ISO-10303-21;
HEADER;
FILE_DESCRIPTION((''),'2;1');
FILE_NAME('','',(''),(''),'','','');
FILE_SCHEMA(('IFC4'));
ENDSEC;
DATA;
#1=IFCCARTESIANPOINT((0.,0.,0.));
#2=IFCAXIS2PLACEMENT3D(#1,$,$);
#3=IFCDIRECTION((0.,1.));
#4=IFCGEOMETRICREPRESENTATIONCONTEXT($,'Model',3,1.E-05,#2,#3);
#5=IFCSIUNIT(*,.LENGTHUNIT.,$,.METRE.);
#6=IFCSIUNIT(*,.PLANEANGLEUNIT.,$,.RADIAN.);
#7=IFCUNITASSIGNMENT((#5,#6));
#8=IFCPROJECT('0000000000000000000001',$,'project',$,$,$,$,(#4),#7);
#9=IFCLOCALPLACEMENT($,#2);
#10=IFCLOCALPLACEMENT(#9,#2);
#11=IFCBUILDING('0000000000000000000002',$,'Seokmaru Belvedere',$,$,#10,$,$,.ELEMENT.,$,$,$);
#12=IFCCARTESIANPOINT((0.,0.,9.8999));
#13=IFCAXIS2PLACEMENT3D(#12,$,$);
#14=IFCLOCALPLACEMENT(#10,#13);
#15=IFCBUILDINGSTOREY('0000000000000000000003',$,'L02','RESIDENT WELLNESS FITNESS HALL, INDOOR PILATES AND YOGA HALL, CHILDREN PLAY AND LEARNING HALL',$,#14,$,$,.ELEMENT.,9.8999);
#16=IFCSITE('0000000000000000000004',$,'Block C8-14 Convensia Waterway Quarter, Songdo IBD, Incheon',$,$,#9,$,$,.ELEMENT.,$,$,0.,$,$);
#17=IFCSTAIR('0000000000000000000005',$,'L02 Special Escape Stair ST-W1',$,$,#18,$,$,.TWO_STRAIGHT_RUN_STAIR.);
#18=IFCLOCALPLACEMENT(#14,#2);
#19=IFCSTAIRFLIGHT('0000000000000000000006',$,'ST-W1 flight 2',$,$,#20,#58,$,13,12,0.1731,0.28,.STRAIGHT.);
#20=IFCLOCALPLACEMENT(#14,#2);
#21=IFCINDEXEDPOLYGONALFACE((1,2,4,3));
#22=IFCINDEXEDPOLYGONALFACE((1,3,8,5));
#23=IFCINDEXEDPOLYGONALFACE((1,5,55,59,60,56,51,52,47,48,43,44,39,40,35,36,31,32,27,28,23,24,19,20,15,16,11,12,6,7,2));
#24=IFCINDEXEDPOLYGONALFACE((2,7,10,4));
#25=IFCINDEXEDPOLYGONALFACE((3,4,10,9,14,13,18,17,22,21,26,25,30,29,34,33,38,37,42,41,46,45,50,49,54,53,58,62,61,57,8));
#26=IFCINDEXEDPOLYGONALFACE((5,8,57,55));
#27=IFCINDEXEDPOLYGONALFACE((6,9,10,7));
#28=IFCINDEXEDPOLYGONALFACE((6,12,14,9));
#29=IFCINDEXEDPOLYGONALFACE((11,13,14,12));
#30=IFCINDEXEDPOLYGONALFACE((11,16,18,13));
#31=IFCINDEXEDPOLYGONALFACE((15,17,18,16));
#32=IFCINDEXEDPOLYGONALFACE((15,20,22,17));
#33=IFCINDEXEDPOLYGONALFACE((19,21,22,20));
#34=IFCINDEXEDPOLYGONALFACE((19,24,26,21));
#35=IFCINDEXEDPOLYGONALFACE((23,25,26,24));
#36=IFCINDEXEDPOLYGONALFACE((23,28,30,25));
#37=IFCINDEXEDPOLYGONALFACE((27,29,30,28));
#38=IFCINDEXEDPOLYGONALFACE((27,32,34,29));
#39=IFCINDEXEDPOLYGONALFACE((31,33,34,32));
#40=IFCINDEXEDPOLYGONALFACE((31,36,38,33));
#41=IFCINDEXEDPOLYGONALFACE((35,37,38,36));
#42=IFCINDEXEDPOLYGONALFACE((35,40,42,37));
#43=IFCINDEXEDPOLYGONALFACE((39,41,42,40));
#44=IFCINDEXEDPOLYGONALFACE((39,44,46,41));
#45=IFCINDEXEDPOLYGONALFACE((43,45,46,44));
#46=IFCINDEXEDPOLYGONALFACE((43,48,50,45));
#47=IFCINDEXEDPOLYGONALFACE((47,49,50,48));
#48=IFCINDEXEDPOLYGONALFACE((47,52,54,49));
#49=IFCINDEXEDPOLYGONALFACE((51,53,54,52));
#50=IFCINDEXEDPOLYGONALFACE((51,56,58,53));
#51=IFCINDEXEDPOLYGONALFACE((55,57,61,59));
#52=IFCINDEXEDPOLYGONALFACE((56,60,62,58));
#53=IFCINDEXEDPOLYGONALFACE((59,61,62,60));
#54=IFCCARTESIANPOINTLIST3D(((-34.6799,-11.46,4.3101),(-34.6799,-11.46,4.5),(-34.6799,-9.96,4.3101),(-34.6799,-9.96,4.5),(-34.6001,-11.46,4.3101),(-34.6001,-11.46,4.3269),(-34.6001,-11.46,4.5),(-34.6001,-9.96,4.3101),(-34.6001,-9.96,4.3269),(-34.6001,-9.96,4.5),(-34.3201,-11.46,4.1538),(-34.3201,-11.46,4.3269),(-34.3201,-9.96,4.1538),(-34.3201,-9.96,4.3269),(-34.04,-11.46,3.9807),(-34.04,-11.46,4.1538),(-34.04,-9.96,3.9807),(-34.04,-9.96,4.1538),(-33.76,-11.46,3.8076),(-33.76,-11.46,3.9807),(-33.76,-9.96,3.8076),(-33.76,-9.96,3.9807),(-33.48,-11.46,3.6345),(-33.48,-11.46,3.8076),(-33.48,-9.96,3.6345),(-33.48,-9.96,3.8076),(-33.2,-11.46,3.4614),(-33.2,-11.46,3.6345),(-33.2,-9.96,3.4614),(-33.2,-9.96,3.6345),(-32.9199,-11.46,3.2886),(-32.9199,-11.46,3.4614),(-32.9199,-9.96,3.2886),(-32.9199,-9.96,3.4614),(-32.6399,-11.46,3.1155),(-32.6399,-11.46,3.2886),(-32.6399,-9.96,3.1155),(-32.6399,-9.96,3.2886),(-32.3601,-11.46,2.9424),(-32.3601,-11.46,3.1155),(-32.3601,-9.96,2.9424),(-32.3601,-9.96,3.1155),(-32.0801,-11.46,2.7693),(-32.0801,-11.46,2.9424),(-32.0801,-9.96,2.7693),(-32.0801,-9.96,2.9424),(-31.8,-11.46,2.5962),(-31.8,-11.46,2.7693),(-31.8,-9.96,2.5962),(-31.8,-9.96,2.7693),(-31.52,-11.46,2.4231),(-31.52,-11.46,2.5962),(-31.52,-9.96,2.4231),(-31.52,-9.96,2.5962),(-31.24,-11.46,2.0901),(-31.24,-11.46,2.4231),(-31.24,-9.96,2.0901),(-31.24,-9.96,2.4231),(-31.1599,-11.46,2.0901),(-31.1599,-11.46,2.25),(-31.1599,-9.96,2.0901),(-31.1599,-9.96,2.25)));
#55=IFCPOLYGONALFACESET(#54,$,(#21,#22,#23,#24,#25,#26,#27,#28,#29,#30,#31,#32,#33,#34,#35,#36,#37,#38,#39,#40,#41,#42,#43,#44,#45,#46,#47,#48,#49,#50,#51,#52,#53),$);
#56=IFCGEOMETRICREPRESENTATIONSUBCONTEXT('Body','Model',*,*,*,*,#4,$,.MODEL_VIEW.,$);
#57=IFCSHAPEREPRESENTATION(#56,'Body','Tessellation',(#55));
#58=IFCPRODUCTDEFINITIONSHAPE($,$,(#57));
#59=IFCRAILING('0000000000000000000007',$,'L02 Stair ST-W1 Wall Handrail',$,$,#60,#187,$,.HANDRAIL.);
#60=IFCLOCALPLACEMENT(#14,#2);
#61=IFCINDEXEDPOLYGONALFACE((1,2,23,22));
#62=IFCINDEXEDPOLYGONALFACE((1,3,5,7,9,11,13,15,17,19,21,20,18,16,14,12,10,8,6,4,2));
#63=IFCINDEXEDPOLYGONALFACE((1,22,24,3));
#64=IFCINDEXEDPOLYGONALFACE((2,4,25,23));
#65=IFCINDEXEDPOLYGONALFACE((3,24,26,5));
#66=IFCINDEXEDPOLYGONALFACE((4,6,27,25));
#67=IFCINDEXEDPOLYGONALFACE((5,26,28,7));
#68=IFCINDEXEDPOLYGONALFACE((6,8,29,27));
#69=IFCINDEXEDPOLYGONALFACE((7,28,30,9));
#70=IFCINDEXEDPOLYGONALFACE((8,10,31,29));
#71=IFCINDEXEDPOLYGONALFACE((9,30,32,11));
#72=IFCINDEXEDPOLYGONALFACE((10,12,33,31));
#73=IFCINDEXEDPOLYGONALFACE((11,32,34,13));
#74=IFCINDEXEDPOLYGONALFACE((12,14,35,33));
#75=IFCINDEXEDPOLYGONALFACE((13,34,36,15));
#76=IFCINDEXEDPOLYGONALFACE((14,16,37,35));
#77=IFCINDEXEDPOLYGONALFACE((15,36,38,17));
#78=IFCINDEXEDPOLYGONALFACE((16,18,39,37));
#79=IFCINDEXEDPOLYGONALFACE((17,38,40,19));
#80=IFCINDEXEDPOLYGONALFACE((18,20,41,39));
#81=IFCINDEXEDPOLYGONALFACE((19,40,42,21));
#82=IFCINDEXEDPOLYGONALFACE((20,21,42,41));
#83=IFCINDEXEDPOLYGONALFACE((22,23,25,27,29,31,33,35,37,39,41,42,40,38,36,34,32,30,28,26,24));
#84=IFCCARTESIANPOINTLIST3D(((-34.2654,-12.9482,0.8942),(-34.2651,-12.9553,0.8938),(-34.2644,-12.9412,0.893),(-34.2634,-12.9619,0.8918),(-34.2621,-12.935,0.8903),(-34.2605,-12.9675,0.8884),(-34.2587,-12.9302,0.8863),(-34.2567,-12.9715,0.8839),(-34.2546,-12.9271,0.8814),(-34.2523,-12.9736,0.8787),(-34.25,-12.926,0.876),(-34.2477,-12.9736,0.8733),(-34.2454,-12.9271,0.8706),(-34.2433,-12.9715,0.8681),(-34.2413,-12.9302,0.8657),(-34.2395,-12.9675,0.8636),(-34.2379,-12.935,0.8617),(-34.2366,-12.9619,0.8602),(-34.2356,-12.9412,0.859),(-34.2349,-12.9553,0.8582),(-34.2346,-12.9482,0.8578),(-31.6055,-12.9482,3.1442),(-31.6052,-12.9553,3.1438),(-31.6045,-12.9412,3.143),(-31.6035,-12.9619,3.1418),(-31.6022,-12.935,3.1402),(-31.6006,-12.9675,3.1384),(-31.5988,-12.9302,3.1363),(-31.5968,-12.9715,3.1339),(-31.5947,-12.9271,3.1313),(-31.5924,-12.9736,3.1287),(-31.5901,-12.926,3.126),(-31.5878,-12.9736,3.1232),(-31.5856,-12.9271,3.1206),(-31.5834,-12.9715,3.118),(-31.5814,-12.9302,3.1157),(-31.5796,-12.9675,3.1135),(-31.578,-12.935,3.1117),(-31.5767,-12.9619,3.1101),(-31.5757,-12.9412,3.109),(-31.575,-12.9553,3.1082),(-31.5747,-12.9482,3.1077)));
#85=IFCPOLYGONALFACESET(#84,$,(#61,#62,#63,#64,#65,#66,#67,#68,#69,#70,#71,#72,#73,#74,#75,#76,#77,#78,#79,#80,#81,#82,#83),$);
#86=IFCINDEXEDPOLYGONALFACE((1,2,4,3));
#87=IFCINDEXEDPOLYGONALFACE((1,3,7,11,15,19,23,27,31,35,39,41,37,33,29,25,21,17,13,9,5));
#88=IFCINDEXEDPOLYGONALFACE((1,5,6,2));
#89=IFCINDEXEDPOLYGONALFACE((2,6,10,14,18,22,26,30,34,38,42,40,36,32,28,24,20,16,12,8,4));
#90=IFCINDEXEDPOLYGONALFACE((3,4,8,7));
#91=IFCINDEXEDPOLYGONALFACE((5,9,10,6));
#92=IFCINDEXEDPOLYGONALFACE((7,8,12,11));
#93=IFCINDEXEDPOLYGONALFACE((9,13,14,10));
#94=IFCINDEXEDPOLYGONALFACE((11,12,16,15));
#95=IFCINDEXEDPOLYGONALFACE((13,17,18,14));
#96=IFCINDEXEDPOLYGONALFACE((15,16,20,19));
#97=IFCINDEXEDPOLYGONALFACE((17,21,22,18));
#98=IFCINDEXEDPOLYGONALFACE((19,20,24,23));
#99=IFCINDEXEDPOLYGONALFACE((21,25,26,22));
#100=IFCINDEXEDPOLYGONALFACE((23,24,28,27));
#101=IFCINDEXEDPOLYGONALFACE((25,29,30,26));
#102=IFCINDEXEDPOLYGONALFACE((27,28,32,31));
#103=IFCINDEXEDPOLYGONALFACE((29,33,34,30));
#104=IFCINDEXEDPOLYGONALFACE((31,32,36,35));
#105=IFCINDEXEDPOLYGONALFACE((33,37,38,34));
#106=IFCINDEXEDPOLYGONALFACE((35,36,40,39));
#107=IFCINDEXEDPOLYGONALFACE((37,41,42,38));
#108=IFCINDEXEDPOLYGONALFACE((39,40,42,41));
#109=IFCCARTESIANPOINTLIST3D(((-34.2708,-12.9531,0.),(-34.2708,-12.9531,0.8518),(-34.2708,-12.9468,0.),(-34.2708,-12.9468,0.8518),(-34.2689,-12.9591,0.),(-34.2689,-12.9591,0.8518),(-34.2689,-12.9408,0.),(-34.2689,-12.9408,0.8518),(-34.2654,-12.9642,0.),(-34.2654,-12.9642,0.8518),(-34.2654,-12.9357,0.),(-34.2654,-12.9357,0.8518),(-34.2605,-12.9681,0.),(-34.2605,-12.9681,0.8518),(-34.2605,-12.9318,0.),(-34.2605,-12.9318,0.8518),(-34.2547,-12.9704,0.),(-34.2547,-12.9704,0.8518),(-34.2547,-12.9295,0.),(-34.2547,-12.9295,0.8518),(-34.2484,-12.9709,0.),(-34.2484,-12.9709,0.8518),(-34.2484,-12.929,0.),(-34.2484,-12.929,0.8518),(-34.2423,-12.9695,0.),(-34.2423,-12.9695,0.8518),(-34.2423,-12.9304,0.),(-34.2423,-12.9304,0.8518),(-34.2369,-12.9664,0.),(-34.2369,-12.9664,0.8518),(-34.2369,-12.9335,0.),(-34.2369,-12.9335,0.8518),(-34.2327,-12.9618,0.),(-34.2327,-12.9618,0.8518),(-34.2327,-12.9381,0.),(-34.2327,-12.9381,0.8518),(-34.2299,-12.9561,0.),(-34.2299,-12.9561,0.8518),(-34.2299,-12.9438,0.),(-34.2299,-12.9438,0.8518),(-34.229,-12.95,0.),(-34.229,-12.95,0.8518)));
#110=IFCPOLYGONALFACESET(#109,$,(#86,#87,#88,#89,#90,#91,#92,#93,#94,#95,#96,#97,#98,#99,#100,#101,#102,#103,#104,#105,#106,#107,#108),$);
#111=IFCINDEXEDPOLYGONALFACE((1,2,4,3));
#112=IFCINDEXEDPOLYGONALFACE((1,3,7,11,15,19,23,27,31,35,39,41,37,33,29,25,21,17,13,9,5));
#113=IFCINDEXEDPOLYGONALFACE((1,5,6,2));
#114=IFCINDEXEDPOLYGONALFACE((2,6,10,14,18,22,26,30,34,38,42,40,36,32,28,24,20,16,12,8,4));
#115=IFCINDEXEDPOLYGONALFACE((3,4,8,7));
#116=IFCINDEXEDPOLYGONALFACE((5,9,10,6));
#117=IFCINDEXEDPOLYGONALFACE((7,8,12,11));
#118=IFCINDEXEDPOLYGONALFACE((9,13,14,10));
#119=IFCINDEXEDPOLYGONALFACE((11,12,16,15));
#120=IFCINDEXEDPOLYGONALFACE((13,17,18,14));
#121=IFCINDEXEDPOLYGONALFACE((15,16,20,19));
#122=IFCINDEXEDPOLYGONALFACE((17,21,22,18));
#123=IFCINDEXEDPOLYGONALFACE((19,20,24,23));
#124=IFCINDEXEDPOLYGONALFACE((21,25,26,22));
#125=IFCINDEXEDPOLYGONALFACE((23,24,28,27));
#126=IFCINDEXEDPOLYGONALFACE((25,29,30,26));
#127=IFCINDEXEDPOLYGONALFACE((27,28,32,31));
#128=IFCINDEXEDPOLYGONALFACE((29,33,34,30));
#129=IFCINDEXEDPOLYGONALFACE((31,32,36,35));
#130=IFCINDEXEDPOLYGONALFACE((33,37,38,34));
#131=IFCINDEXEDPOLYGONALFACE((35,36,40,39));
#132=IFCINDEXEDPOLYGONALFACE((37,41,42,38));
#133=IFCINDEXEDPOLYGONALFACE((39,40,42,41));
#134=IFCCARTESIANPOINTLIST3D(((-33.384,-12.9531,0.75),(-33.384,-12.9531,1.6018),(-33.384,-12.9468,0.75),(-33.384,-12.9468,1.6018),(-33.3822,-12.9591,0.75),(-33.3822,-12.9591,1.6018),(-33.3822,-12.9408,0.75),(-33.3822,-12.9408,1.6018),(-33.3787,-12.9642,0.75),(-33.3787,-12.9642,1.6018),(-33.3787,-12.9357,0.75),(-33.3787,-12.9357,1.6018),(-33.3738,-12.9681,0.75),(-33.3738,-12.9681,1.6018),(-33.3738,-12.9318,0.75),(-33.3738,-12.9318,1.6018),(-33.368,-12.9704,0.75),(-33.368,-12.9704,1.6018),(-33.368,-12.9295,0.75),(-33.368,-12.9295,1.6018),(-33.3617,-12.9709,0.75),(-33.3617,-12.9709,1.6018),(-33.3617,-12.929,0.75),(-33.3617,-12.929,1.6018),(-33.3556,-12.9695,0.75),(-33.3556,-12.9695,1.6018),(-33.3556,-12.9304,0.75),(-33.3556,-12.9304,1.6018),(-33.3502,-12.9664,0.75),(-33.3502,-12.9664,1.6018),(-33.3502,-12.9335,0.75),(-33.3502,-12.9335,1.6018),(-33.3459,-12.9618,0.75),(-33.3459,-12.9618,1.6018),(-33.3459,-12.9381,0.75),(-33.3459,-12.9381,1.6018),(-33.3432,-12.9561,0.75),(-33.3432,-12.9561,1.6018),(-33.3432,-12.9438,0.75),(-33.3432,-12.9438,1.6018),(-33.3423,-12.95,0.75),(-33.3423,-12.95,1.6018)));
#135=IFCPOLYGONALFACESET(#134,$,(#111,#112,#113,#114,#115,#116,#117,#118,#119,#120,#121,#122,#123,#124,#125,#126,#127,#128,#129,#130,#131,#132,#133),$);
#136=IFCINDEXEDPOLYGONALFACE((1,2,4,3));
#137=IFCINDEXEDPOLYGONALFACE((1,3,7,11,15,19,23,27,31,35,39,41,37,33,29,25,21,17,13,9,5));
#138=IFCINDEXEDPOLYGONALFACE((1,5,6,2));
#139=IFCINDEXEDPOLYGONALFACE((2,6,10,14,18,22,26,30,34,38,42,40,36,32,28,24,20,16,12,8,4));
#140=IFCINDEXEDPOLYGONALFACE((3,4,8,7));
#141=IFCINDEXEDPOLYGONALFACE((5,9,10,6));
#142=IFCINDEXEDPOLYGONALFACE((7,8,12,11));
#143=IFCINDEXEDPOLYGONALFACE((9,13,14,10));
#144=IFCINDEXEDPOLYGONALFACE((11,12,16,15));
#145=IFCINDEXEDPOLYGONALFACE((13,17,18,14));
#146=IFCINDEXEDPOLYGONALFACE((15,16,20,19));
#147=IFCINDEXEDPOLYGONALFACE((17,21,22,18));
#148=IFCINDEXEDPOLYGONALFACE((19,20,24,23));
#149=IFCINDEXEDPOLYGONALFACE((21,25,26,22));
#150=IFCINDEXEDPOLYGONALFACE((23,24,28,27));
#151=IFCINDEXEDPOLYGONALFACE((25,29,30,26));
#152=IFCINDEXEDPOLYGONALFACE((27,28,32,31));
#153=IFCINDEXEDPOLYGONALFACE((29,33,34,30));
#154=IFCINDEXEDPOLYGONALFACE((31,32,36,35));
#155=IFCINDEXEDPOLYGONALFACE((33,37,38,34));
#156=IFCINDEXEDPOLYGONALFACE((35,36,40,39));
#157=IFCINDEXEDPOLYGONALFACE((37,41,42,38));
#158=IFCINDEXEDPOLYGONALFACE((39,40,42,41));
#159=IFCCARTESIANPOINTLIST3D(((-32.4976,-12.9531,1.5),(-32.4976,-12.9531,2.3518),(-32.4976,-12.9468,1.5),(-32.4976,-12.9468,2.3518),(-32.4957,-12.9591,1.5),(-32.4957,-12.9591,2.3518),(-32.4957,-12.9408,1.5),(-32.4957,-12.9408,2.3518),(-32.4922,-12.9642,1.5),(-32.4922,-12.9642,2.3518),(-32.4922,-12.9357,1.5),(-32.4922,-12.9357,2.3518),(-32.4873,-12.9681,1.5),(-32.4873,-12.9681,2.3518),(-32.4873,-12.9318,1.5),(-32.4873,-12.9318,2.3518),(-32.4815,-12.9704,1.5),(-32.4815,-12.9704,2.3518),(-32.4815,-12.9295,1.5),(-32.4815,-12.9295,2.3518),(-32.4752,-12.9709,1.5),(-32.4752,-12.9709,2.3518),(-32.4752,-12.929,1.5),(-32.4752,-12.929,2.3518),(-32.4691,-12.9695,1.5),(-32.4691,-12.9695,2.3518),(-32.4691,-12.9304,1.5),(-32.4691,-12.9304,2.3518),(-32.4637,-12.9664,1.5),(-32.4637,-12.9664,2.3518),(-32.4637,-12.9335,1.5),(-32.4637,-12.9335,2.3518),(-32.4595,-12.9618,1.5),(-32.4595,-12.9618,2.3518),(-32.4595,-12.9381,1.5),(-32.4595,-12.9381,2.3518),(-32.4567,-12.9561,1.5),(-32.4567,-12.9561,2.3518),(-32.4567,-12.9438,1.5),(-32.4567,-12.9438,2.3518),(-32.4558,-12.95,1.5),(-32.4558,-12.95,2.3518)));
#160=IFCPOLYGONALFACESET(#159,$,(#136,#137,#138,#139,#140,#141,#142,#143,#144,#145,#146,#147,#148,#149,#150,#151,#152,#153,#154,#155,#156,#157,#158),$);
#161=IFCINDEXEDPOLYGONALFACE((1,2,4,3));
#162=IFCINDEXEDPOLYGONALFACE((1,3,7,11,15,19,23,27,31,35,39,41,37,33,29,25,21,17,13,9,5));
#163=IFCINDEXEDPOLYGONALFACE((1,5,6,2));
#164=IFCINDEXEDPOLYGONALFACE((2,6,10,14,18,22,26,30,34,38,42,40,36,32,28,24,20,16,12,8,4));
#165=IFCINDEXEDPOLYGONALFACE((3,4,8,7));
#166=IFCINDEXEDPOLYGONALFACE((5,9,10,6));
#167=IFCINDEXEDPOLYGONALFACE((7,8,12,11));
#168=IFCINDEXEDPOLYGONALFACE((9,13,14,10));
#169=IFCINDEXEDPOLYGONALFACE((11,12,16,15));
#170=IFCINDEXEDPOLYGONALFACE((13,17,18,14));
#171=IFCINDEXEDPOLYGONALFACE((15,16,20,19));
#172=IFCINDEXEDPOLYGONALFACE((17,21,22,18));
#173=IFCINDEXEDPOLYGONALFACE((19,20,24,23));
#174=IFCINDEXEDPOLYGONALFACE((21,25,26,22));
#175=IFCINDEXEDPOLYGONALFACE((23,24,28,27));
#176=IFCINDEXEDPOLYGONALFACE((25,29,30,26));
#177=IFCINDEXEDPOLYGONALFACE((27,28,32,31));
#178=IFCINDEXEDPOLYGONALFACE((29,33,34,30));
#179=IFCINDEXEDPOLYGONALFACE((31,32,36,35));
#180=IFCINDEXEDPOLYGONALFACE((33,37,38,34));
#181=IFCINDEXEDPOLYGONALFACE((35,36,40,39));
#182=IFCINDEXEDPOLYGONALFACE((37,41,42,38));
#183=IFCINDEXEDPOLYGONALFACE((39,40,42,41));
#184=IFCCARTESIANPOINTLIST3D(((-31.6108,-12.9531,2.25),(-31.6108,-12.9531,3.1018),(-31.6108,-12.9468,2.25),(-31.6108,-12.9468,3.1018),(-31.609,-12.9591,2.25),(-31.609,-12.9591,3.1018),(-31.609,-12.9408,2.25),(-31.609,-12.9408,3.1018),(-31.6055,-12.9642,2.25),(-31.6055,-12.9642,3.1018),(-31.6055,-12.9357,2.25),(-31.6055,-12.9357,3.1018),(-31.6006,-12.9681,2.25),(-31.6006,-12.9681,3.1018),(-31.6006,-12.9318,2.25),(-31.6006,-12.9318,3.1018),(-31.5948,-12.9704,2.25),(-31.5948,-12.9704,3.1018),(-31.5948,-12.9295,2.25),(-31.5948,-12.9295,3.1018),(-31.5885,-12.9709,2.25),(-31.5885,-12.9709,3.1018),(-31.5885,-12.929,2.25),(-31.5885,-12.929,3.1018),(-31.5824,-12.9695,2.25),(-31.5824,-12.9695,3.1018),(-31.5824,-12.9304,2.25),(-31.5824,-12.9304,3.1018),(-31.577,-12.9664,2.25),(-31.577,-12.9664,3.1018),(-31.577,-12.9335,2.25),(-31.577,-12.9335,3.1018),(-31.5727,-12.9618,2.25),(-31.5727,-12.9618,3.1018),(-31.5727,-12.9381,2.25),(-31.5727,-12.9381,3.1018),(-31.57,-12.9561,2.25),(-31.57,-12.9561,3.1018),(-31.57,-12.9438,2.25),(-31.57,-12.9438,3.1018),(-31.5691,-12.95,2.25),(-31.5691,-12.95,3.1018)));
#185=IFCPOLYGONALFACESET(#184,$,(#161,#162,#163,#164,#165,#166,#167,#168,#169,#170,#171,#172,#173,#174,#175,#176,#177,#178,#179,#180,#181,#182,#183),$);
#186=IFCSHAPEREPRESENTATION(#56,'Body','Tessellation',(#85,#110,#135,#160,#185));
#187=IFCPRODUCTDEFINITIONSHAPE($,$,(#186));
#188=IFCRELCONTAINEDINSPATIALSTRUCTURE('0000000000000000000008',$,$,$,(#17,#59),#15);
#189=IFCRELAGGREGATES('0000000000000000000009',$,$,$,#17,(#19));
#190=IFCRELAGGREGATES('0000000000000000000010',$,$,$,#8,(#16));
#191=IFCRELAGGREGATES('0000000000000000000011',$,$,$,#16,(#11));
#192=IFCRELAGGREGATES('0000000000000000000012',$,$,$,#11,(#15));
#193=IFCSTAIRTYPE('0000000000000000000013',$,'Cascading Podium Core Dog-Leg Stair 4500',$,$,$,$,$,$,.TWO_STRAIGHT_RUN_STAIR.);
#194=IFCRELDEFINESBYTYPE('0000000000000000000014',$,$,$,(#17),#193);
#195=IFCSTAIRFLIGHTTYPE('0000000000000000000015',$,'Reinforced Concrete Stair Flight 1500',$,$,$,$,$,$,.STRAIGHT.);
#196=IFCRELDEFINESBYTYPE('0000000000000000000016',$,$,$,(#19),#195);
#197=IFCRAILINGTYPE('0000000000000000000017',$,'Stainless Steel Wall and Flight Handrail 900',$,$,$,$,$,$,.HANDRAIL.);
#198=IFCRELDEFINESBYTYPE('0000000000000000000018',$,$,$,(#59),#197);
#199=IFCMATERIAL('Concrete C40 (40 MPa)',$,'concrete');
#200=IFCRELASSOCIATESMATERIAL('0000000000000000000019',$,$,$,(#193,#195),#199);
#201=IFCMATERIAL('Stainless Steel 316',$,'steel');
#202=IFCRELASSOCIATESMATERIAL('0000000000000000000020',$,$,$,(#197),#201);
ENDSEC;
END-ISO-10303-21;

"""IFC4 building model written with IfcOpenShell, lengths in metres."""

from ifc_helpers import new_model, si_unit, direction, frame, origin, origin_2d, place, context, subcontext, project, spatial, polyline, circle, outline, extrude, material, type_object, element, aggregate, save


model = new_model("IFC4")

# Units and contexts
model_context = context("Model", 3, precision=1e-05, world=origin(), true_north=direction((0.0, 1.0)))
body_context = subcontext(model_context, "Body", "Model", "MODEL_VIEW")
ifc_project = project(units=[si_unit("LENGTHUNIT", "METRE"), si_unit("PLANEANGLEUNIT", "RADIAN")], contexts=[model_context])

# Site, building, storey
site_placement = place(None, origin())
site = spatial("IfcSite", under=ifc_project, at=site_placement, Name="Block C8-14 Convensia Waterway Quarter, Songdo IBD, Incheon", CompositionType="ELEMENT", RefElevation=0.0)
building_placement = place(site_placement, origin())
building = spatial("IfcBuilding", under=site, at=building_placement, Name="Seokmaru Belvedere", CompositionType="ELEMENT")
storey_placement = place(building_placement, frame((0.0, 0.0, 9.8999)))
storey = spatial("IfcBuildingStorey", under=building, at=storey_placement, Name="L02", Description="RESIDENT WELLNESS FITNESS HALL, INDOOR PILATES AND YOGA HALL, CHILDREN PLAY AND LEARNING HALL", CompositionType="ELEMENT", Elevation=9.8999)

# Shared definitions
ifc_material_1 = material(Name="Stainless Steel 316", Category="steel")

# Shared definitions
ifc_material_2 = material(Name="Concrete C40 (40 MPa)", Category="concrete")

# Stair, stair flight
stair_type = type_object("IfcStairType", Name="Cascading Podium Core Dog-Leg Stair 4500", PredefinedType="TWO_STRAIGHT_RUN_STAIR", material=ifc_material_2)
stair_placement = place(storey_placement, origin())
stair = element("IfcStair", 1, at=stair_placement, inside=storey, type_object=stair_type, Name="L02 Special Escape Stair ST-W1", PredefinedType="TWO_STRAIGHT_RUN_STAIR")
stair_flight_type = type_object("IfcStairFlightType", Name="Reinforced Concrete Stair Flight 1500", PredefinedType="STRAIGHT", material=ifc_material_2)
stair_flight_1_placement = place(storey_placement, frame((-31.24, -10.71, 2.25), z_axis=(0.0, 0.0, 1.0), x_axis=(-1.0, 0.0, 0.0)))
stair_flight_1 = element("IfcStairFlight", 2, at=stair_flight_1_placement, type_object=stair_flight_type, Name="ST-W1 flight 2", NumberOfRisers=13, NumberOfTreads=12, PredefinedType="STRAIGHT", RiserHeight=0.1731, TreadLength=0.28, context=body_context, shape_type="SweptSolid", body=[
    extrude(outline(polyline([(-0.0801, 0.0), (0.0, 0.1731), (0.28, 0.1731), (0.28, 0.3462), (0.5601, 0.3462), (0.5601, 0.5193), (0.8401, 0.5193), (0.8401, 0.6924), (1.1201, 0.6924), (1.1201, 0.8655), (1.3999, 0.8655), (1.3999, 1.0386), (1.6799, 1.0386), (1.6799, 1.2114), (1.96, 1.2114), (1.96, 1.3845), (2.24, 1.3845), (2.24, 1.5576), (2.52, 1.5576), (2.52, 1.7307), (2.8, 1.7307), (2.8, 1.9038), (3.0801, 1.9038), (3.0801, 2.0769), (3.3601, 2.0769), (3.3601, 2.25), (3.4399, 2.25), (3.4399, 2.0601), (3.3601, 2.0601), (0.0, -0.1599), (-0.0801, -0.1599), (-0.0801, 0.0)])), frame((0.0, 0.75, 0.0), z_axis=(0.0, -1.0, 0.0), x_axis=(1.0, 0.0, 0.0)), (0.0, 0.0, 1.0), 1.5),
])
aggregate(stair, [stair_flight_1])

# Railing
railing_type_1 = type_object("IfcRailingType", Name="Stainless Steel Wall and Flight Handrail 900", PredefinedType="HANDRAIL", material=ifc_material_1)
railing_1_placement = place(storey_placement, frame((-34.25, -12.95, 0.0)))
element("IfcRailing", 3, at=railing_1_placement, inside=storey, type_object=railing_type_1, Name="L02 Stair ST-W1 Wall Handrail", PredefinedType="HANDRAIL", context=body_context, shape_type="SweptSolid", body=[
    extrude(circle(Radius=0.0239, at=origin_2d()), frame((0.0, 0.0, 0.876), z_axis=(0.763485, 0.0, 0.645826), x_axis=(0.0, 1.0, 0.0)), (0.0, 0.0, 1.0), 3.4839),
    extrude(circle(Radius=0.021, at=origin_2d()), origin(), (0.0, 0.0, 1.0), 0.8518),
    extrude(circle(Radius=0.021, at=origin_2d()), frame((0.8867, 0.0, 0.75)), (0.0, 0.0, 1.0), 0.8518),
    extrude(circle(Radius=0.021, at=origin_2d()), frame((1.7732, 0.0, 1.5)), (0.0, 0.0, 1.0), 0.8518),
    extrude(circle(Radius=0.021, at=origin_2d()), frame((2.6599, 0.0, 2.25)), (0.0, 0.0, 1.0), 0.8518),
])

save(model, "model.ifc")
